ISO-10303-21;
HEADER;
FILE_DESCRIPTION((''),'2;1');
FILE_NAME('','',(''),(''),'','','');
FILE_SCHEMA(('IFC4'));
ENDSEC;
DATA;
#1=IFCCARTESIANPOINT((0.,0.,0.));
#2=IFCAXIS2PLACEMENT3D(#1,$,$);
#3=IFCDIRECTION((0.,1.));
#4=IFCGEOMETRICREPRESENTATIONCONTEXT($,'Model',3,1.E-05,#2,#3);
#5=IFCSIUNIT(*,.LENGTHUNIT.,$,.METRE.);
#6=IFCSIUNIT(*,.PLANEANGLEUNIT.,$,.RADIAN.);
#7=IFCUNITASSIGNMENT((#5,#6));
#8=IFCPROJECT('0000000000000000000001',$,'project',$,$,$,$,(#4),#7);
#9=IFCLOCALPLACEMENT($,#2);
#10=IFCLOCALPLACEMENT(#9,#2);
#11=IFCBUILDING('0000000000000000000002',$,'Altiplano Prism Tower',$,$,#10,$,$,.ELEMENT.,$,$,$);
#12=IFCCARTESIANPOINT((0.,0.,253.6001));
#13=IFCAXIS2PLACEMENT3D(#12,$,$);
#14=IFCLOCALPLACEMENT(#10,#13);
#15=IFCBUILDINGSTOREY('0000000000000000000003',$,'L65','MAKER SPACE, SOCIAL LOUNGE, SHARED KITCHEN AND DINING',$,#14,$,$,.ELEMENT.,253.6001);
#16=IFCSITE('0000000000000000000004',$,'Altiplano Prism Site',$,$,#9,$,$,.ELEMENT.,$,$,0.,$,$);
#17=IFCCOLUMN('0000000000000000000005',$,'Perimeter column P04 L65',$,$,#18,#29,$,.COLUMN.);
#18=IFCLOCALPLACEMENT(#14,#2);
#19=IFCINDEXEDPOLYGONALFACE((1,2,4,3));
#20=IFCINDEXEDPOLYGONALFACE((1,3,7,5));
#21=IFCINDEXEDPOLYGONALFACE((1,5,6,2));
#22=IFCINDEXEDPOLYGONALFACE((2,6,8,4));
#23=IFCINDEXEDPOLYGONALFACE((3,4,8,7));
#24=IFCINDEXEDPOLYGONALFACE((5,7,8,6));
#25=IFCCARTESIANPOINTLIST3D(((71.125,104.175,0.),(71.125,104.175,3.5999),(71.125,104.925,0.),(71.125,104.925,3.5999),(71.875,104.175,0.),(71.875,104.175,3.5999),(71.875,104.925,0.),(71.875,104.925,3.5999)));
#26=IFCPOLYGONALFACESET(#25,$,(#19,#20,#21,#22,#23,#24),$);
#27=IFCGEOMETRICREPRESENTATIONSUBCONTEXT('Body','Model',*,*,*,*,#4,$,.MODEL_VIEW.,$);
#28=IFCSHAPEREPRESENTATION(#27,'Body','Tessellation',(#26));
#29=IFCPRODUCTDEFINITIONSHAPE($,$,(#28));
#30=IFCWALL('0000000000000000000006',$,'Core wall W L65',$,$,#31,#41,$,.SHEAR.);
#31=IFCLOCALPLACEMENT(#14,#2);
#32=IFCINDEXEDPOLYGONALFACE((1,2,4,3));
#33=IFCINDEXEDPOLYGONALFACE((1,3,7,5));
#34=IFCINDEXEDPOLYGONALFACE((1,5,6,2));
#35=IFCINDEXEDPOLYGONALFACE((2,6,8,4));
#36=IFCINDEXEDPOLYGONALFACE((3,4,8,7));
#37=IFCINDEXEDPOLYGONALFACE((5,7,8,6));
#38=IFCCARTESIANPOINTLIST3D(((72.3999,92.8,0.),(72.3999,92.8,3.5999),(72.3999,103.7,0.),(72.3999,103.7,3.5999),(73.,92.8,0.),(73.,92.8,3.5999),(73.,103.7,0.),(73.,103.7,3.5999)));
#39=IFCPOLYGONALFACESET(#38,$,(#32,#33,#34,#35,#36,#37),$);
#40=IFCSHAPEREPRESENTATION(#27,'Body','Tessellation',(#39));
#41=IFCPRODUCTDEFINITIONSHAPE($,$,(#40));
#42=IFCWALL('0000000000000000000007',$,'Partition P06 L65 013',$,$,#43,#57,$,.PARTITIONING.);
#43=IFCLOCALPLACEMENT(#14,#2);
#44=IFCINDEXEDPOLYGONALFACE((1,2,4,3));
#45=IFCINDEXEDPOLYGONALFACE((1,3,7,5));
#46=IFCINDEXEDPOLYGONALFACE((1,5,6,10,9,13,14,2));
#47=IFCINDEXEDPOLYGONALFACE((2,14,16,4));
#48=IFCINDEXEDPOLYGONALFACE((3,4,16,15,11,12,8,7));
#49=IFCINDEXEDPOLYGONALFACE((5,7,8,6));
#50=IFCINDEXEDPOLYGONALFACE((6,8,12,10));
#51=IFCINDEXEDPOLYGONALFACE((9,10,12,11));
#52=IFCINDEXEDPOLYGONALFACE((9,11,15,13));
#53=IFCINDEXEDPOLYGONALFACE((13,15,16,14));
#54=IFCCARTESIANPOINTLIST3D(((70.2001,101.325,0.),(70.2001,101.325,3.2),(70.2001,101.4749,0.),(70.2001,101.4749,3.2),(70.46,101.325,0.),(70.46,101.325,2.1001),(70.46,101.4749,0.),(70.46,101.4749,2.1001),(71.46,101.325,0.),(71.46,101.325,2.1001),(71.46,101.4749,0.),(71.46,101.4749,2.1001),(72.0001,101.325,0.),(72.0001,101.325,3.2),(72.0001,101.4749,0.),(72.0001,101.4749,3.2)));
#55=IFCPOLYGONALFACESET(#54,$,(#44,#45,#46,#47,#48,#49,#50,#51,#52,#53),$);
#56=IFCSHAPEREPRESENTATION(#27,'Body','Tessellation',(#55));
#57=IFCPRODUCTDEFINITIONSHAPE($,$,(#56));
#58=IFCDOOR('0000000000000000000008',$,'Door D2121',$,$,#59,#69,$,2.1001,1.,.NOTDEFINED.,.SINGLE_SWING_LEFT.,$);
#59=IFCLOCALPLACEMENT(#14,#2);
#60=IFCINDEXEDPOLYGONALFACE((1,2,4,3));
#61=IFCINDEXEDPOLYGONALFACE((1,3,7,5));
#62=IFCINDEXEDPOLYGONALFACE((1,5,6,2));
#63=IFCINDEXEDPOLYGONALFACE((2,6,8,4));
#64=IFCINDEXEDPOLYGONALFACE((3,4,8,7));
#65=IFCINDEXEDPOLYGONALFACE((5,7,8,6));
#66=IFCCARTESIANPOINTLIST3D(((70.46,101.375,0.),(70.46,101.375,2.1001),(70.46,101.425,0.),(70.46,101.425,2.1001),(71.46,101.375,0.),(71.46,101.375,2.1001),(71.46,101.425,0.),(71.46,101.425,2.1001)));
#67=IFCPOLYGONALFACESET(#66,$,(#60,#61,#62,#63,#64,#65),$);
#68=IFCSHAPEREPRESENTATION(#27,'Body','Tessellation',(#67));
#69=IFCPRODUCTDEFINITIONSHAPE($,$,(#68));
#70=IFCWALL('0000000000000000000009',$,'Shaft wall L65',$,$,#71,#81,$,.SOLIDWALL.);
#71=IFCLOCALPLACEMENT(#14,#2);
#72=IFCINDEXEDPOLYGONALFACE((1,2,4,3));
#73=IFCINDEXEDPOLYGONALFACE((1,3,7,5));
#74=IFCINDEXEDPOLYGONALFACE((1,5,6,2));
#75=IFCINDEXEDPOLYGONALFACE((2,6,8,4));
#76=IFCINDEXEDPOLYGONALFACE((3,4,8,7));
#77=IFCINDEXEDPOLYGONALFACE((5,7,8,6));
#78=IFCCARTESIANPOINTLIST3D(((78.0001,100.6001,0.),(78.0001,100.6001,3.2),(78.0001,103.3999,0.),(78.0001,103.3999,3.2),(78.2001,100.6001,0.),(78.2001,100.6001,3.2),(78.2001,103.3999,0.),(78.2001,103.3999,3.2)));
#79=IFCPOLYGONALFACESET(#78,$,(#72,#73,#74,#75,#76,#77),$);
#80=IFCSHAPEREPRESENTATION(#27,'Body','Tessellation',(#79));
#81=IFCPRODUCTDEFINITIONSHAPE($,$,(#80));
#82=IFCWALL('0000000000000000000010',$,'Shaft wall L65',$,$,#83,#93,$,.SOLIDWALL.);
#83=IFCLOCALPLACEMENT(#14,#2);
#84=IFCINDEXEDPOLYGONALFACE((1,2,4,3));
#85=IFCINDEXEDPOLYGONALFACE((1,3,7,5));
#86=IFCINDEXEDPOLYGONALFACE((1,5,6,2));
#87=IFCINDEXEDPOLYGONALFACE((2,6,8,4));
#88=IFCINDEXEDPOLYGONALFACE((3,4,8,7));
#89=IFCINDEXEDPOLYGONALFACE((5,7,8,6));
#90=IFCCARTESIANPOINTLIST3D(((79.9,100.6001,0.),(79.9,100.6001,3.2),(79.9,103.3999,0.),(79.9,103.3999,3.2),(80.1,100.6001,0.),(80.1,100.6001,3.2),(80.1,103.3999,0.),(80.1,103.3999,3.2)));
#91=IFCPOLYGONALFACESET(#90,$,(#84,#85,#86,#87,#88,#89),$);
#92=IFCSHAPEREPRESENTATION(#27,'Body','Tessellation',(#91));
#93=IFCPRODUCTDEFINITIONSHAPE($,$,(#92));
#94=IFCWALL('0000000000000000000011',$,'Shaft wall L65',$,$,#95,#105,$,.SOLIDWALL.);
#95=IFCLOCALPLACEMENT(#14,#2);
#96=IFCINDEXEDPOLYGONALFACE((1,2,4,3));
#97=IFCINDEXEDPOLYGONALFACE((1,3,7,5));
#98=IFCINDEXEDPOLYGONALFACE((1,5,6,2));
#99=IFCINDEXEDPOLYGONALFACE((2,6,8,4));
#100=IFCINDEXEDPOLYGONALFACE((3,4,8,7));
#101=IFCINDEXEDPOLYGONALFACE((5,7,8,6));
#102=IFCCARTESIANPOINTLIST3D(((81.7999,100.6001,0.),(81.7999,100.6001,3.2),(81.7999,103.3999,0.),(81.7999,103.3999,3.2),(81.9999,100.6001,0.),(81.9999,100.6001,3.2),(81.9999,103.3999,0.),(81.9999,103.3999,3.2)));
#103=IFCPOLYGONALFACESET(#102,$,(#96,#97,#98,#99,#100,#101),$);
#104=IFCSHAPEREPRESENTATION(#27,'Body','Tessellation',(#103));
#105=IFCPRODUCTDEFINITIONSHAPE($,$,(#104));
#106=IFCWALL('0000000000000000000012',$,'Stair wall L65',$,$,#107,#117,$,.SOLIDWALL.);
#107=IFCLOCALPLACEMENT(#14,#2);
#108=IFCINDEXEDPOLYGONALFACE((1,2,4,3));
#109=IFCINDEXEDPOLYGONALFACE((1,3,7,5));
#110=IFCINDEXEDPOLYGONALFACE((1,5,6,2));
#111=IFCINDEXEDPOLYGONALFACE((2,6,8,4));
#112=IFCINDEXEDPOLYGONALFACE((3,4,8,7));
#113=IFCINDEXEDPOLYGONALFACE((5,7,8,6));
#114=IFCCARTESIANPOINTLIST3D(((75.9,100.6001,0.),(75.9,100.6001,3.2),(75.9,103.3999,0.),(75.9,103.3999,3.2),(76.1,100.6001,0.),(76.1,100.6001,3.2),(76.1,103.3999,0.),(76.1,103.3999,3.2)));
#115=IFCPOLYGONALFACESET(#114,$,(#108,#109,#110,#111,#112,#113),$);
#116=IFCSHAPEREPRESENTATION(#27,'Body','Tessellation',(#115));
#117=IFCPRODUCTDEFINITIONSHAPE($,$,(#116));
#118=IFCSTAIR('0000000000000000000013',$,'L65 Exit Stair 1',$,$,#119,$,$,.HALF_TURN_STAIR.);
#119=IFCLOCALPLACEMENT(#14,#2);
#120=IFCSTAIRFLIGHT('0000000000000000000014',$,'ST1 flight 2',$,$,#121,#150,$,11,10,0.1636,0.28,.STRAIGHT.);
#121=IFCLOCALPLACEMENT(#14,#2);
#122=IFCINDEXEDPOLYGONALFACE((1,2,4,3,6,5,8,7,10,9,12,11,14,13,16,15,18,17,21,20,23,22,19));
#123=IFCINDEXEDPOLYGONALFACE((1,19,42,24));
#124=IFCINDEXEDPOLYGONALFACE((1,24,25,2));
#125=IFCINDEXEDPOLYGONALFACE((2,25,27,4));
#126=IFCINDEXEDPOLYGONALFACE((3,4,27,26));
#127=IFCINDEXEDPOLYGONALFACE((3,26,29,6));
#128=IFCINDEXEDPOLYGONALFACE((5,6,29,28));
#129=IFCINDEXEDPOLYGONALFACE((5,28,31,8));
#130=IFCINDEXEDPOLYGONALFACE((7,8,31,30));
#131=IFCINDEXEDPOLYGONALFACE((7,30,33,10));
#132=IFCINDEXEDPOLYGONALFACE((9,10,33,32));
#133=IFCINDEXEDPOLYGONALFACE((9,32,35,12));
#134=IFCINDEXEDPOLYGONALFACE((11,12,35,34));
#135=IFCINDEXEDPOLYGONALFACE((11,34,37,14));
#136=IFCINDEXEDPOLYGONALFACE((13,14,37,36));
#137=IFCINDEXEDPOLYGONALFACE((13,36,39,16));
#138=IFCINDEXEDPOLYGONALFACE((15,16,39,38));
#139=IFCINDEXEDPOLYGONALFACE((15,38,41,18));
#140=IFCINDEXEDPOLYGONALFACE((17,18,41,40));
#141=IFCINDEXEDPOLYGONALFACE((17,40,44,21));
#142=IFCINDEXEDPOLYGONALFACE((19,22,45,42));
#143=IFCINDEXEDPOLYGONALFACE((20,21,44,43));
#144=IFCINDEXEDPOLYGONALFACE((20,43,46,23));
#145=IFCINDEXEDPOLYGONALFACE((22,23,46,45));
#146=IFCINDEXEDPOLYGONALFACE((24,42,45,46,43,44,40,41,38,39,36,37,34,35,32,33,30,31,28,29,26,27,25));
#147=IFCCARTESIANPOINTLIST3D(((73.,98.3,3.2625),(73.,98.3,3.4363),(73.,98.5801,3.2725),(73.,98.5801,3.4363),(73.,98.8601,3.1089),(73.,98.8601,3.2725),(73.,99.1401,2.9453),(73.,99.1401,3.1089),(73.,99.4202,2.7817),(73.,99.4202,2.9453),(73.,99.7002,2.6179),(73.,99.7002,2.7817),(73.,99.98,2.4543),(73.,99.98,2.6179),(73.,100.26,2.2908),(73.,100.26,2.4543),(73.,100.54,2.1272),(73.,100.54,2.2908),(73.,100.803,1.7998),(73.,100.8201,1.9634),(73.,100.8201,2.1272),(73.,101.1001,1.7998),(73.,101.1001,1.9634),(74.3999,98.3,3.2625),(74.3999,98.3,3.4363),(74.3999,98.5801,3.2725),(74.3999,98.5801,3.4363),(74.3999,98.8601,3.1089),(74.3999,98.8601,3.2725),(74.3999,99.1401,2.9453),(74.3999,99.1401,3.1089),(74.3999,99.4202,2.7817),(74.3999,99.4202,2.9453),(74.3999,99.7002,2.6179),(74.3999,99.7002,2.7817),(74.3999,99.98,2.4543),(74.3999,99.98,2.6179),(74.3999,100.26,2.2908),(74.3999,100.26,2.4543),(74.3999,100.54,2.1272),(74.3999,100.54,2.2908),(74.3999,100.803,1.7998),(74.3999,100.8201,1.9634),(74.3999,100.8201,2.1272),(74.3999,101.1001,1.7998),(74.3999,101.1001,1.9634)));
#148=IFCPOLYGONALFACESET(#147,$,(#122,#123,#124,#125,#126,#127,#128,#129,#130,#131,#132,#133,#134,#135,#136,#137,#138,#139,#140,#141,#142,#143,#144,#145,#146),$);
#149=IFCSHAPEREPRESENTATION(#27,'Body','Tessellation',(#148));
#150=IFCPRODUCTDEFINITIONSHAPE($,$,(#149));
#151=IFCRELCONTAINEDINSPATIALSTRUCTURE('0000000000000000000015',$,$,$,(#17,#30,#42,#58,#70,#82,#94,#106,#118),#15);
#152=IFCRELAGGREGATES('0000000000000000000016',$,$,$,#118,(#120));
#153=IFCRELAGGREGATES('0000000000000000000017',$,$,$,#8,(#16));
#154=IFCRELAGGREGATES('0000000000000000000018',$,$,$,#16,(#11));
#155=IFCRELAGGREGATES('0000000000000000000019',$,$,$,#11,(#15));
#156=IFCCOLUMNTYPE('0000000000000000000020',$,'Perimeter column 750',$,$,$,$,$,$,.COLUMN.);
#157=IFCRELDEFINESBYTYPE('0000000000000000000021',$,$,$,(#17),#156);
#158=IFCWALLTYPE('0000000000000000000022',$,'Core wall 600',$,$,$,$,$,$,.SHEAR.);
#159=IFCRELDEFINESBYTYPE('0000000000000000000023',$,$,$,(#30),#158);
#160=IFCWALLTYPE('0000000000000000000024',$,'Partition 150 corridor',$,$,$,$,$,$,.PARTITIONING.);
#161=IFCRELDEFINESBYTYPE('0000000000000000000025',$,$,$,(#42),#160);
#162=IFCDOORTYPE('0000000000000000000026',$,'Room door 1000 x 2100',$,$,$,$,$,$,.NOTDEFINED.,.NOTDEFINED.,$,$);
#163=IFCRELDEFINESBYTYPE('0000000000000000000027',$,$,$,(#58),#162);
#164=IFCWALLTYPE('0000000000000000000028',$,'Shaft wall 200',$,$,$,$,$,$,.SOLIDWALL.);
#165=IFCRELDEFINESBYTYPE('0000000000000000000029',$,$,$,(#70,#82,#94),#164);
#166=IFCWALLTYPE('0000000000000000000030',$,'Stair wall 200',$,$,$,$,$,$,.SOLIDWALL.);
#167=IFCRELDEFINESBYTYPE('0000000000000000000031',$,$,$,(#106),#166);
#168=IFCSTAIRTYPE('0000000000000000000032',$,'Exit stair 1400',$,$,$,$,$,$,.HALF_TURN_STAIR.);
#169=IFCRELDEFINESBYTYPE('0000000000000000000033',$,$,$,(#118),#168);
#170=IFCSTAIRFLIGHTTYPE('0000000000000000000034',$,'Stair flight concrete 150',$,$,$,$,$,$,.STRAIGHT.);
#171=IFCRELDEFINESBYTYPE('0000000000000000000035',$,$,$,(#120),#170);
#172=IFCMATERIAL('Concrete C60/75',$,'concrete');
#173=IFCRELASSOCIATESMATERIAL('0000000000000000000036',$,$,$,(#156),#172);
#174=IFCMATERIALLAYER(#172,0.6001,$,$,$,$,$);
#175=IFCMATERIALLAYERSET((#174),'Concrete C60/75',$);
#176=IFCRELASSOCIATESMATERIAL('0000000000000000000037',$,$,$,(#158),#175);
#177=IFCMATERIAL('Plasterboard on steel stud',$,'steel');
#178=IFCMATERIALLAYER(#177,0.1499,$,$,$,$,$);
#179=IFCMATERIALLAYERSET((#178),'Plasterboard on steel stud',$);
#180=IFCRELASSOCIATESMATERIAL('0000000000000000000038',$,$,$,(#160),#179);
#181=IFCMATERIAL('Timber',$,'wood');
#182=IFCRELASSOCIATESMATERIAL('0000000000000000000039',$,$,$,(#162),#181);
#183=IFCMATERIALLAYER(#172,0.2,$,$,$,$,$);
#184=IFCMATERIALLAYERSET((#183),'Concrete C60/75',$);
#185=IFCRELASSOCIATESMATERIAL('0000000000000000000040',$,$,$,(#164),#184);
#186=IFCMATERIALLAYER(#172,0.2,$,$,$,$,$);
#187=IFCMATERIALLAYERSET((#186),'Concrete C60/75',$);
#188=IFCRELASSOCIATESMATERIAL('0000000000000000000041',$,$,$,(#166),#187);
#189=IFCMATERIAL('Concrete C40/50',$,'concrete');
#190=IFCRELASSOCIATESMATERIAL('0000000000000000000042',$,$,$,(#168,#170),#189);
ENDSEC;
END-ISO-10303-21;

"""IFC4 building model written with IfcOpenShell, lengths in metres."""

from ifc_helpers import new_model, si_unit, direction, frame, frame_2d, origin, origin_2d, place, context, subcontext, project, spatial, polyline, rectangle, outline, extrude, material, layer, layer_set, material_profile, profile_set, type_object, element, fill, aggregate, save


model = new_model("IFC4")

# Units and contexts
model_context = context("Model", 3, precision=1e-05, world=origin(), true_north=direction((0.0, 1.0)))
body_context = subcontext(model_context, "Body", "Model", "MODEL_VIEW")
ifc_project = project(units=[si_unit("LENGTHUNIT", "METRE"), si_unit("PLANEANGLEUNIT", "RADIAN")], contexts=[model_context])

# Site, building, storey
site_placement = place(None, origin())
site = spatial("IfcSite", under=ifc_project, at=site_placement, Name="Altiplano Prism Site", CompositionType="ELEMENT", RefElevation=0.0)
building_placement = place(site_placement, origin())
building = spatial("IfcBuilding", under=site, at=building_placement, Name="Altiplano Prism Tower", CompositionType="ELEMENT")
storey_placement = place(building_placement, frame((0.0, 0.0, 253.6001)))
storey = spatial("IfcBuildingStorey", under=building, at=storey_placement, Name="L65", Description="MAKER SPACE, SOCIAL LOUNGE, SHARED KITCHEN AND DINING", CompositionType="ELEMENT", Elevation=253.6001)

# Column
ifc_material_1 = material(Name="Concrete C60/75", Category="concrete")
ifc_material_profile = material_profile(ifc_material_1, rectangle(XDim=0.75, YDim=0.75, at=origin_2d()), Name="Perimeter column 750")
ifc_profile_set = profile_set([ifc_material_profile], Name="Concrete C60/75")
column_type = type_object("IfcColumnType", Name="Perimeter column 750", PredefinedType="COLUMN", material=ifc_profile_set)
column_placement = place(storey_placement, frame((71.5, 104.55, 0.0), z_axis=(0.0, 0.0, 1.0), x_axis=(1.0, 0.0, 0.0)))
element("IfcColumn", 1, at=column_placement, inside=storey, type_object=column_type, Name="Perimeter column P04 L65", PredefinedType="COLUMN", context=body_context, shape_type="SweptSolid", body=[
    extrude(rectangle(XDim=0.75, YDim=0.75, at=origin_2d()), origin(), (0.0, 0.0, 1.0), 3.5999),
])

# Wall
ifc_layer_1 = layer(ifc_material_1, 0.6001)
ifc_layer_set_1 = layer_set([ifc_layer_1], Name="Concrete C60/75")
wall_type_1 = type_object("IfcWallType", Name="Core wall 600", PredefinedType="SHEAR", material=ifc_layer_set_1)
wall_1_placement = place(storey_placement, frame((72.7, 103.7, 0.0), z_axis=(0.0, 0.0, 1.0), x_axis=(0.0, -1.0, 0.0)))
element("IfcWall", 2, at=wall_1_placement, inside=storey, type_object=wall_type_1, Name="Core wall W L65", PredefinedType="SHEAR", context=body_context, shape_type="SweptSolid", body=[
    extrude(rectangle(XDim=10.8999, YDim=0.6001, at=frame_2d((5.45, 0.0))), origin(), (0.0, 0.0, 1.0), 3.5999),
])

# Wall, opening, door
ifc_material_2 = material(Name="Plasterboard on steel stud", Category="steel")
ifc_layer_2 = layer(ifc_material_2, 0.1499)
ifc_layer_set_2 = layer_set([ifc_layer_2], Name="Plasterboard on steel stud")
wall_type_2 = type_object("IfcWallType", Name="Partition 150 corridor", PredefinedType="PARTITIONING", material=ifc_layer_set_2)
wall_2_placement = place(storey_placement, frame((72.0, 101.3999, 0.0), z_axis=(0.0, 0.0, 1.0), x_axis=(-1.0, 0.0, 0.0)))
wall_2 = element("IfcWall", 3, at=wall_2_placement, inside=storey, type_object=wall_type_2, Name="Partition P06 L65 013", PredefinedType="PARTITIONING", context=body_context, shape_type="SweptSolid", body=[
    extrude(rectangle(XDim=1.8, YDim=0.1499, at=frame_2d((0.8999, 0.0))), origin(), (0.0, 0.0, 1.0), 3.2),
])
opening_placement = place(wall_2_placement, frame((0.54, 0.0, 0.0)))
opening = element("IfcOpeningElement", 4, at=opening_placement, cuts=wall_2, PredefinedType="OPENING", context=body_context, shape_type="SweptSolid", body=[
    extrude(rectangle(XDim=1.0, YDim=2.1001, at=frame_2d((0.5, 1.05))), frame((0.0, 0.0854, 0.0), z_axis=(0.0, -1.0, 0.0), x_axis=(1.0, 0.0, 0.0)), (0.0, 0.0, 1.0), 0.1709),
])
ifc_material_3 = material(Name="Timber", Category="wood")
door_type = type_object("IfcDoorType", Name="Room door 1000 x 2100", OperationType="NOTDEFINED", PredefinedType="NOTDEFINED", material=ifc_material_3)
door_placement = place(opening_placement, origin())
door = element("IfcDoor", 5, at=door_placement, inside=storey, type_object=door_type, Name="Door D2121", OperationType="SINGLE_SWING_LEFT", OverallHeight=2.1001, OverallWidth=1.0, PredefinedType="NOTDEFINED", context=body_context, shape_type="SweptSolid", body=[
    extrude(rectangle(XDim=1.0, YDim=2.1001, at=frame_2d((0.5, 1.05))), frame((0.0, 0.0249, 0.0), z_axis=(0.0, -1.0, 0.0), x_axis=(1.0, 0.0, 0.0)), (0.0, 0.0, 1.0), 0.05),
])
fill(opening, door)

# Walls
ifc_layer_3 = layer(ifc_material_1, 0.2)
ifc_layer_set_3 = layer_set([ifc_layer_3], Name="Concrete C60/75")
wall_type_3 = type_object("IfcWallType", Name="Shaft wall 200", PredefinedType="SOLIDWALL", material=ifc_layer_set_3)
for number, where, z_axis, x_axis, name in (
    (6, (78.1001, 100.6001, 0.0), (0.0, 0.0, 1.0), (0.0, 1.0, 0.0), "Shaft wall L65"),
    (7, (80.0, 100.6001, 0.0), (0.0, 0.0, 1.0), (0.0, 1.0, 0.0), "Shaft wall L65"),
    (8, (81.8999, 100.6001, 0.0), (0.0, 0.0, 1.0), (0.0, 1.0, 0.0), "Shaft wall L65"),
):
    element("IfcWall", number, at=place(storey_placement, frame(where, z_axis=z_axis, x_axis=x_axis)), inside=storey, type_object=wall_type_3, Name=name, PredefinedType="SOLIDWALL", context=body_context, shape_type="SweptSolid", body=[
        extrude(rectangle(XDim=2.7998, YDim=0.2, at=frame_2d((1.3999, 0.0))), origin(), (0.0, 0.0, 1.0), 3.2),
    ])
ifc_layer_4 = layer(ifc_material_1, 0.2)
ifc_layer_set_4 = layer_set([ifc_layer_4], Name="Concrete C60/75")
wall_type_4 = type_object("IfcWallType", Name="Stair wall 200", PredefinedType="SOLIDWALL", material=ifc_layer_set_4)
wall_3_placement = place(storey_placement, frame((76.0, 100.6001, 0.0), z_axis=(0.0, 0.0, 1.0), x_axis=(0.0, 1.0, 0.0)))
element("IfcWall", 9, at=wall_3_placement, inside=storey, type_object=wall_type_4, Name="Stair wall L65", PredefinedType="SOLIDWALL", context=body_context, shape_type="SweptSolid", body=[
    extrude(rectangle(XDim=2.7998, YDim=0.2, at=frame_2d((1.3999, 0.0))), origin(), (0.0, 0.0, 1.0), 3.2),
])

# Stair, stair flight
ifc_material_4 = material(Name="Concrete C40/50", Category="concrete")
stair_type = type_object("IfcStairType", Name="Exit stair 1400", PredefinedType="HALF_TURN_STAIR", material=ifc_material_4)
stair_placement = place(storey_placement, origin())
stair = element("IfcStair", 10, at=stair_placement, inside=storey, type_object=stair_type, Name="L65 Exit Stair 1", PredefinedType="HALF_TURN_STAIR")
stair_flight_type = type_object("IfcStairFlightType", Name="Stair flight concrete 150", PredefinedType="STRAIGHT", material=ifc_material_4)
stair_flight_placement = place(storey_placement, frame((73.7, 101.1001, 1.7998), z_axis=(0.0, 0.0, 1.0), x_axis=(0.0, -1.0, 0.0)))
stair_flight = element("IfcStairFlight", 11, at=stair_flight_placement, type_object=stair_flight_type, Name="ST1 flight 2", NumberOfRisers=11, NumberOfTreads=10, PredefinedType="STRAIGHT", RiserHeight=0.1636, TreadLength=0.28, context=body_context, shape_type="SweptSolid", body=[
    extrude(outline(polyline([(0.0, 0.0), (0.0, 0.1636), (0.28, 0.1636), (0.28, 0.3274), (0.5601, 0.3274), (0.5601, 0.491), (0.8401, 0.491), (0.8401, 0.6545), (1.1201, 0.6545), (1.1201, 0.8181), (1.3999, 0.8181), (1.3999, 0.9819), (1.6799, 0.9819), (1.6799, 1.1455), (1.96, 1.1455), (1.96, 1.3091), (2.24, 1.3091), (2.24, 1.4727), (2.52, 1.4727), (2.52, 1.6365), (2.8, 1.6365), (2.8, 1.8), (2.8, 1.4626), (0.2971, 0.0), (0.0, 0.0)])), frame((0.0, 0.7, 0.0), z_axis=(0.0, -1.0, 0.0), x_axis=(1.0, 0.0, 0.0)), (0.0, 0.0, 1.0), 1.3999),
])
aggregate(stair, [stair_flight])

save(model, "model.ifc")
